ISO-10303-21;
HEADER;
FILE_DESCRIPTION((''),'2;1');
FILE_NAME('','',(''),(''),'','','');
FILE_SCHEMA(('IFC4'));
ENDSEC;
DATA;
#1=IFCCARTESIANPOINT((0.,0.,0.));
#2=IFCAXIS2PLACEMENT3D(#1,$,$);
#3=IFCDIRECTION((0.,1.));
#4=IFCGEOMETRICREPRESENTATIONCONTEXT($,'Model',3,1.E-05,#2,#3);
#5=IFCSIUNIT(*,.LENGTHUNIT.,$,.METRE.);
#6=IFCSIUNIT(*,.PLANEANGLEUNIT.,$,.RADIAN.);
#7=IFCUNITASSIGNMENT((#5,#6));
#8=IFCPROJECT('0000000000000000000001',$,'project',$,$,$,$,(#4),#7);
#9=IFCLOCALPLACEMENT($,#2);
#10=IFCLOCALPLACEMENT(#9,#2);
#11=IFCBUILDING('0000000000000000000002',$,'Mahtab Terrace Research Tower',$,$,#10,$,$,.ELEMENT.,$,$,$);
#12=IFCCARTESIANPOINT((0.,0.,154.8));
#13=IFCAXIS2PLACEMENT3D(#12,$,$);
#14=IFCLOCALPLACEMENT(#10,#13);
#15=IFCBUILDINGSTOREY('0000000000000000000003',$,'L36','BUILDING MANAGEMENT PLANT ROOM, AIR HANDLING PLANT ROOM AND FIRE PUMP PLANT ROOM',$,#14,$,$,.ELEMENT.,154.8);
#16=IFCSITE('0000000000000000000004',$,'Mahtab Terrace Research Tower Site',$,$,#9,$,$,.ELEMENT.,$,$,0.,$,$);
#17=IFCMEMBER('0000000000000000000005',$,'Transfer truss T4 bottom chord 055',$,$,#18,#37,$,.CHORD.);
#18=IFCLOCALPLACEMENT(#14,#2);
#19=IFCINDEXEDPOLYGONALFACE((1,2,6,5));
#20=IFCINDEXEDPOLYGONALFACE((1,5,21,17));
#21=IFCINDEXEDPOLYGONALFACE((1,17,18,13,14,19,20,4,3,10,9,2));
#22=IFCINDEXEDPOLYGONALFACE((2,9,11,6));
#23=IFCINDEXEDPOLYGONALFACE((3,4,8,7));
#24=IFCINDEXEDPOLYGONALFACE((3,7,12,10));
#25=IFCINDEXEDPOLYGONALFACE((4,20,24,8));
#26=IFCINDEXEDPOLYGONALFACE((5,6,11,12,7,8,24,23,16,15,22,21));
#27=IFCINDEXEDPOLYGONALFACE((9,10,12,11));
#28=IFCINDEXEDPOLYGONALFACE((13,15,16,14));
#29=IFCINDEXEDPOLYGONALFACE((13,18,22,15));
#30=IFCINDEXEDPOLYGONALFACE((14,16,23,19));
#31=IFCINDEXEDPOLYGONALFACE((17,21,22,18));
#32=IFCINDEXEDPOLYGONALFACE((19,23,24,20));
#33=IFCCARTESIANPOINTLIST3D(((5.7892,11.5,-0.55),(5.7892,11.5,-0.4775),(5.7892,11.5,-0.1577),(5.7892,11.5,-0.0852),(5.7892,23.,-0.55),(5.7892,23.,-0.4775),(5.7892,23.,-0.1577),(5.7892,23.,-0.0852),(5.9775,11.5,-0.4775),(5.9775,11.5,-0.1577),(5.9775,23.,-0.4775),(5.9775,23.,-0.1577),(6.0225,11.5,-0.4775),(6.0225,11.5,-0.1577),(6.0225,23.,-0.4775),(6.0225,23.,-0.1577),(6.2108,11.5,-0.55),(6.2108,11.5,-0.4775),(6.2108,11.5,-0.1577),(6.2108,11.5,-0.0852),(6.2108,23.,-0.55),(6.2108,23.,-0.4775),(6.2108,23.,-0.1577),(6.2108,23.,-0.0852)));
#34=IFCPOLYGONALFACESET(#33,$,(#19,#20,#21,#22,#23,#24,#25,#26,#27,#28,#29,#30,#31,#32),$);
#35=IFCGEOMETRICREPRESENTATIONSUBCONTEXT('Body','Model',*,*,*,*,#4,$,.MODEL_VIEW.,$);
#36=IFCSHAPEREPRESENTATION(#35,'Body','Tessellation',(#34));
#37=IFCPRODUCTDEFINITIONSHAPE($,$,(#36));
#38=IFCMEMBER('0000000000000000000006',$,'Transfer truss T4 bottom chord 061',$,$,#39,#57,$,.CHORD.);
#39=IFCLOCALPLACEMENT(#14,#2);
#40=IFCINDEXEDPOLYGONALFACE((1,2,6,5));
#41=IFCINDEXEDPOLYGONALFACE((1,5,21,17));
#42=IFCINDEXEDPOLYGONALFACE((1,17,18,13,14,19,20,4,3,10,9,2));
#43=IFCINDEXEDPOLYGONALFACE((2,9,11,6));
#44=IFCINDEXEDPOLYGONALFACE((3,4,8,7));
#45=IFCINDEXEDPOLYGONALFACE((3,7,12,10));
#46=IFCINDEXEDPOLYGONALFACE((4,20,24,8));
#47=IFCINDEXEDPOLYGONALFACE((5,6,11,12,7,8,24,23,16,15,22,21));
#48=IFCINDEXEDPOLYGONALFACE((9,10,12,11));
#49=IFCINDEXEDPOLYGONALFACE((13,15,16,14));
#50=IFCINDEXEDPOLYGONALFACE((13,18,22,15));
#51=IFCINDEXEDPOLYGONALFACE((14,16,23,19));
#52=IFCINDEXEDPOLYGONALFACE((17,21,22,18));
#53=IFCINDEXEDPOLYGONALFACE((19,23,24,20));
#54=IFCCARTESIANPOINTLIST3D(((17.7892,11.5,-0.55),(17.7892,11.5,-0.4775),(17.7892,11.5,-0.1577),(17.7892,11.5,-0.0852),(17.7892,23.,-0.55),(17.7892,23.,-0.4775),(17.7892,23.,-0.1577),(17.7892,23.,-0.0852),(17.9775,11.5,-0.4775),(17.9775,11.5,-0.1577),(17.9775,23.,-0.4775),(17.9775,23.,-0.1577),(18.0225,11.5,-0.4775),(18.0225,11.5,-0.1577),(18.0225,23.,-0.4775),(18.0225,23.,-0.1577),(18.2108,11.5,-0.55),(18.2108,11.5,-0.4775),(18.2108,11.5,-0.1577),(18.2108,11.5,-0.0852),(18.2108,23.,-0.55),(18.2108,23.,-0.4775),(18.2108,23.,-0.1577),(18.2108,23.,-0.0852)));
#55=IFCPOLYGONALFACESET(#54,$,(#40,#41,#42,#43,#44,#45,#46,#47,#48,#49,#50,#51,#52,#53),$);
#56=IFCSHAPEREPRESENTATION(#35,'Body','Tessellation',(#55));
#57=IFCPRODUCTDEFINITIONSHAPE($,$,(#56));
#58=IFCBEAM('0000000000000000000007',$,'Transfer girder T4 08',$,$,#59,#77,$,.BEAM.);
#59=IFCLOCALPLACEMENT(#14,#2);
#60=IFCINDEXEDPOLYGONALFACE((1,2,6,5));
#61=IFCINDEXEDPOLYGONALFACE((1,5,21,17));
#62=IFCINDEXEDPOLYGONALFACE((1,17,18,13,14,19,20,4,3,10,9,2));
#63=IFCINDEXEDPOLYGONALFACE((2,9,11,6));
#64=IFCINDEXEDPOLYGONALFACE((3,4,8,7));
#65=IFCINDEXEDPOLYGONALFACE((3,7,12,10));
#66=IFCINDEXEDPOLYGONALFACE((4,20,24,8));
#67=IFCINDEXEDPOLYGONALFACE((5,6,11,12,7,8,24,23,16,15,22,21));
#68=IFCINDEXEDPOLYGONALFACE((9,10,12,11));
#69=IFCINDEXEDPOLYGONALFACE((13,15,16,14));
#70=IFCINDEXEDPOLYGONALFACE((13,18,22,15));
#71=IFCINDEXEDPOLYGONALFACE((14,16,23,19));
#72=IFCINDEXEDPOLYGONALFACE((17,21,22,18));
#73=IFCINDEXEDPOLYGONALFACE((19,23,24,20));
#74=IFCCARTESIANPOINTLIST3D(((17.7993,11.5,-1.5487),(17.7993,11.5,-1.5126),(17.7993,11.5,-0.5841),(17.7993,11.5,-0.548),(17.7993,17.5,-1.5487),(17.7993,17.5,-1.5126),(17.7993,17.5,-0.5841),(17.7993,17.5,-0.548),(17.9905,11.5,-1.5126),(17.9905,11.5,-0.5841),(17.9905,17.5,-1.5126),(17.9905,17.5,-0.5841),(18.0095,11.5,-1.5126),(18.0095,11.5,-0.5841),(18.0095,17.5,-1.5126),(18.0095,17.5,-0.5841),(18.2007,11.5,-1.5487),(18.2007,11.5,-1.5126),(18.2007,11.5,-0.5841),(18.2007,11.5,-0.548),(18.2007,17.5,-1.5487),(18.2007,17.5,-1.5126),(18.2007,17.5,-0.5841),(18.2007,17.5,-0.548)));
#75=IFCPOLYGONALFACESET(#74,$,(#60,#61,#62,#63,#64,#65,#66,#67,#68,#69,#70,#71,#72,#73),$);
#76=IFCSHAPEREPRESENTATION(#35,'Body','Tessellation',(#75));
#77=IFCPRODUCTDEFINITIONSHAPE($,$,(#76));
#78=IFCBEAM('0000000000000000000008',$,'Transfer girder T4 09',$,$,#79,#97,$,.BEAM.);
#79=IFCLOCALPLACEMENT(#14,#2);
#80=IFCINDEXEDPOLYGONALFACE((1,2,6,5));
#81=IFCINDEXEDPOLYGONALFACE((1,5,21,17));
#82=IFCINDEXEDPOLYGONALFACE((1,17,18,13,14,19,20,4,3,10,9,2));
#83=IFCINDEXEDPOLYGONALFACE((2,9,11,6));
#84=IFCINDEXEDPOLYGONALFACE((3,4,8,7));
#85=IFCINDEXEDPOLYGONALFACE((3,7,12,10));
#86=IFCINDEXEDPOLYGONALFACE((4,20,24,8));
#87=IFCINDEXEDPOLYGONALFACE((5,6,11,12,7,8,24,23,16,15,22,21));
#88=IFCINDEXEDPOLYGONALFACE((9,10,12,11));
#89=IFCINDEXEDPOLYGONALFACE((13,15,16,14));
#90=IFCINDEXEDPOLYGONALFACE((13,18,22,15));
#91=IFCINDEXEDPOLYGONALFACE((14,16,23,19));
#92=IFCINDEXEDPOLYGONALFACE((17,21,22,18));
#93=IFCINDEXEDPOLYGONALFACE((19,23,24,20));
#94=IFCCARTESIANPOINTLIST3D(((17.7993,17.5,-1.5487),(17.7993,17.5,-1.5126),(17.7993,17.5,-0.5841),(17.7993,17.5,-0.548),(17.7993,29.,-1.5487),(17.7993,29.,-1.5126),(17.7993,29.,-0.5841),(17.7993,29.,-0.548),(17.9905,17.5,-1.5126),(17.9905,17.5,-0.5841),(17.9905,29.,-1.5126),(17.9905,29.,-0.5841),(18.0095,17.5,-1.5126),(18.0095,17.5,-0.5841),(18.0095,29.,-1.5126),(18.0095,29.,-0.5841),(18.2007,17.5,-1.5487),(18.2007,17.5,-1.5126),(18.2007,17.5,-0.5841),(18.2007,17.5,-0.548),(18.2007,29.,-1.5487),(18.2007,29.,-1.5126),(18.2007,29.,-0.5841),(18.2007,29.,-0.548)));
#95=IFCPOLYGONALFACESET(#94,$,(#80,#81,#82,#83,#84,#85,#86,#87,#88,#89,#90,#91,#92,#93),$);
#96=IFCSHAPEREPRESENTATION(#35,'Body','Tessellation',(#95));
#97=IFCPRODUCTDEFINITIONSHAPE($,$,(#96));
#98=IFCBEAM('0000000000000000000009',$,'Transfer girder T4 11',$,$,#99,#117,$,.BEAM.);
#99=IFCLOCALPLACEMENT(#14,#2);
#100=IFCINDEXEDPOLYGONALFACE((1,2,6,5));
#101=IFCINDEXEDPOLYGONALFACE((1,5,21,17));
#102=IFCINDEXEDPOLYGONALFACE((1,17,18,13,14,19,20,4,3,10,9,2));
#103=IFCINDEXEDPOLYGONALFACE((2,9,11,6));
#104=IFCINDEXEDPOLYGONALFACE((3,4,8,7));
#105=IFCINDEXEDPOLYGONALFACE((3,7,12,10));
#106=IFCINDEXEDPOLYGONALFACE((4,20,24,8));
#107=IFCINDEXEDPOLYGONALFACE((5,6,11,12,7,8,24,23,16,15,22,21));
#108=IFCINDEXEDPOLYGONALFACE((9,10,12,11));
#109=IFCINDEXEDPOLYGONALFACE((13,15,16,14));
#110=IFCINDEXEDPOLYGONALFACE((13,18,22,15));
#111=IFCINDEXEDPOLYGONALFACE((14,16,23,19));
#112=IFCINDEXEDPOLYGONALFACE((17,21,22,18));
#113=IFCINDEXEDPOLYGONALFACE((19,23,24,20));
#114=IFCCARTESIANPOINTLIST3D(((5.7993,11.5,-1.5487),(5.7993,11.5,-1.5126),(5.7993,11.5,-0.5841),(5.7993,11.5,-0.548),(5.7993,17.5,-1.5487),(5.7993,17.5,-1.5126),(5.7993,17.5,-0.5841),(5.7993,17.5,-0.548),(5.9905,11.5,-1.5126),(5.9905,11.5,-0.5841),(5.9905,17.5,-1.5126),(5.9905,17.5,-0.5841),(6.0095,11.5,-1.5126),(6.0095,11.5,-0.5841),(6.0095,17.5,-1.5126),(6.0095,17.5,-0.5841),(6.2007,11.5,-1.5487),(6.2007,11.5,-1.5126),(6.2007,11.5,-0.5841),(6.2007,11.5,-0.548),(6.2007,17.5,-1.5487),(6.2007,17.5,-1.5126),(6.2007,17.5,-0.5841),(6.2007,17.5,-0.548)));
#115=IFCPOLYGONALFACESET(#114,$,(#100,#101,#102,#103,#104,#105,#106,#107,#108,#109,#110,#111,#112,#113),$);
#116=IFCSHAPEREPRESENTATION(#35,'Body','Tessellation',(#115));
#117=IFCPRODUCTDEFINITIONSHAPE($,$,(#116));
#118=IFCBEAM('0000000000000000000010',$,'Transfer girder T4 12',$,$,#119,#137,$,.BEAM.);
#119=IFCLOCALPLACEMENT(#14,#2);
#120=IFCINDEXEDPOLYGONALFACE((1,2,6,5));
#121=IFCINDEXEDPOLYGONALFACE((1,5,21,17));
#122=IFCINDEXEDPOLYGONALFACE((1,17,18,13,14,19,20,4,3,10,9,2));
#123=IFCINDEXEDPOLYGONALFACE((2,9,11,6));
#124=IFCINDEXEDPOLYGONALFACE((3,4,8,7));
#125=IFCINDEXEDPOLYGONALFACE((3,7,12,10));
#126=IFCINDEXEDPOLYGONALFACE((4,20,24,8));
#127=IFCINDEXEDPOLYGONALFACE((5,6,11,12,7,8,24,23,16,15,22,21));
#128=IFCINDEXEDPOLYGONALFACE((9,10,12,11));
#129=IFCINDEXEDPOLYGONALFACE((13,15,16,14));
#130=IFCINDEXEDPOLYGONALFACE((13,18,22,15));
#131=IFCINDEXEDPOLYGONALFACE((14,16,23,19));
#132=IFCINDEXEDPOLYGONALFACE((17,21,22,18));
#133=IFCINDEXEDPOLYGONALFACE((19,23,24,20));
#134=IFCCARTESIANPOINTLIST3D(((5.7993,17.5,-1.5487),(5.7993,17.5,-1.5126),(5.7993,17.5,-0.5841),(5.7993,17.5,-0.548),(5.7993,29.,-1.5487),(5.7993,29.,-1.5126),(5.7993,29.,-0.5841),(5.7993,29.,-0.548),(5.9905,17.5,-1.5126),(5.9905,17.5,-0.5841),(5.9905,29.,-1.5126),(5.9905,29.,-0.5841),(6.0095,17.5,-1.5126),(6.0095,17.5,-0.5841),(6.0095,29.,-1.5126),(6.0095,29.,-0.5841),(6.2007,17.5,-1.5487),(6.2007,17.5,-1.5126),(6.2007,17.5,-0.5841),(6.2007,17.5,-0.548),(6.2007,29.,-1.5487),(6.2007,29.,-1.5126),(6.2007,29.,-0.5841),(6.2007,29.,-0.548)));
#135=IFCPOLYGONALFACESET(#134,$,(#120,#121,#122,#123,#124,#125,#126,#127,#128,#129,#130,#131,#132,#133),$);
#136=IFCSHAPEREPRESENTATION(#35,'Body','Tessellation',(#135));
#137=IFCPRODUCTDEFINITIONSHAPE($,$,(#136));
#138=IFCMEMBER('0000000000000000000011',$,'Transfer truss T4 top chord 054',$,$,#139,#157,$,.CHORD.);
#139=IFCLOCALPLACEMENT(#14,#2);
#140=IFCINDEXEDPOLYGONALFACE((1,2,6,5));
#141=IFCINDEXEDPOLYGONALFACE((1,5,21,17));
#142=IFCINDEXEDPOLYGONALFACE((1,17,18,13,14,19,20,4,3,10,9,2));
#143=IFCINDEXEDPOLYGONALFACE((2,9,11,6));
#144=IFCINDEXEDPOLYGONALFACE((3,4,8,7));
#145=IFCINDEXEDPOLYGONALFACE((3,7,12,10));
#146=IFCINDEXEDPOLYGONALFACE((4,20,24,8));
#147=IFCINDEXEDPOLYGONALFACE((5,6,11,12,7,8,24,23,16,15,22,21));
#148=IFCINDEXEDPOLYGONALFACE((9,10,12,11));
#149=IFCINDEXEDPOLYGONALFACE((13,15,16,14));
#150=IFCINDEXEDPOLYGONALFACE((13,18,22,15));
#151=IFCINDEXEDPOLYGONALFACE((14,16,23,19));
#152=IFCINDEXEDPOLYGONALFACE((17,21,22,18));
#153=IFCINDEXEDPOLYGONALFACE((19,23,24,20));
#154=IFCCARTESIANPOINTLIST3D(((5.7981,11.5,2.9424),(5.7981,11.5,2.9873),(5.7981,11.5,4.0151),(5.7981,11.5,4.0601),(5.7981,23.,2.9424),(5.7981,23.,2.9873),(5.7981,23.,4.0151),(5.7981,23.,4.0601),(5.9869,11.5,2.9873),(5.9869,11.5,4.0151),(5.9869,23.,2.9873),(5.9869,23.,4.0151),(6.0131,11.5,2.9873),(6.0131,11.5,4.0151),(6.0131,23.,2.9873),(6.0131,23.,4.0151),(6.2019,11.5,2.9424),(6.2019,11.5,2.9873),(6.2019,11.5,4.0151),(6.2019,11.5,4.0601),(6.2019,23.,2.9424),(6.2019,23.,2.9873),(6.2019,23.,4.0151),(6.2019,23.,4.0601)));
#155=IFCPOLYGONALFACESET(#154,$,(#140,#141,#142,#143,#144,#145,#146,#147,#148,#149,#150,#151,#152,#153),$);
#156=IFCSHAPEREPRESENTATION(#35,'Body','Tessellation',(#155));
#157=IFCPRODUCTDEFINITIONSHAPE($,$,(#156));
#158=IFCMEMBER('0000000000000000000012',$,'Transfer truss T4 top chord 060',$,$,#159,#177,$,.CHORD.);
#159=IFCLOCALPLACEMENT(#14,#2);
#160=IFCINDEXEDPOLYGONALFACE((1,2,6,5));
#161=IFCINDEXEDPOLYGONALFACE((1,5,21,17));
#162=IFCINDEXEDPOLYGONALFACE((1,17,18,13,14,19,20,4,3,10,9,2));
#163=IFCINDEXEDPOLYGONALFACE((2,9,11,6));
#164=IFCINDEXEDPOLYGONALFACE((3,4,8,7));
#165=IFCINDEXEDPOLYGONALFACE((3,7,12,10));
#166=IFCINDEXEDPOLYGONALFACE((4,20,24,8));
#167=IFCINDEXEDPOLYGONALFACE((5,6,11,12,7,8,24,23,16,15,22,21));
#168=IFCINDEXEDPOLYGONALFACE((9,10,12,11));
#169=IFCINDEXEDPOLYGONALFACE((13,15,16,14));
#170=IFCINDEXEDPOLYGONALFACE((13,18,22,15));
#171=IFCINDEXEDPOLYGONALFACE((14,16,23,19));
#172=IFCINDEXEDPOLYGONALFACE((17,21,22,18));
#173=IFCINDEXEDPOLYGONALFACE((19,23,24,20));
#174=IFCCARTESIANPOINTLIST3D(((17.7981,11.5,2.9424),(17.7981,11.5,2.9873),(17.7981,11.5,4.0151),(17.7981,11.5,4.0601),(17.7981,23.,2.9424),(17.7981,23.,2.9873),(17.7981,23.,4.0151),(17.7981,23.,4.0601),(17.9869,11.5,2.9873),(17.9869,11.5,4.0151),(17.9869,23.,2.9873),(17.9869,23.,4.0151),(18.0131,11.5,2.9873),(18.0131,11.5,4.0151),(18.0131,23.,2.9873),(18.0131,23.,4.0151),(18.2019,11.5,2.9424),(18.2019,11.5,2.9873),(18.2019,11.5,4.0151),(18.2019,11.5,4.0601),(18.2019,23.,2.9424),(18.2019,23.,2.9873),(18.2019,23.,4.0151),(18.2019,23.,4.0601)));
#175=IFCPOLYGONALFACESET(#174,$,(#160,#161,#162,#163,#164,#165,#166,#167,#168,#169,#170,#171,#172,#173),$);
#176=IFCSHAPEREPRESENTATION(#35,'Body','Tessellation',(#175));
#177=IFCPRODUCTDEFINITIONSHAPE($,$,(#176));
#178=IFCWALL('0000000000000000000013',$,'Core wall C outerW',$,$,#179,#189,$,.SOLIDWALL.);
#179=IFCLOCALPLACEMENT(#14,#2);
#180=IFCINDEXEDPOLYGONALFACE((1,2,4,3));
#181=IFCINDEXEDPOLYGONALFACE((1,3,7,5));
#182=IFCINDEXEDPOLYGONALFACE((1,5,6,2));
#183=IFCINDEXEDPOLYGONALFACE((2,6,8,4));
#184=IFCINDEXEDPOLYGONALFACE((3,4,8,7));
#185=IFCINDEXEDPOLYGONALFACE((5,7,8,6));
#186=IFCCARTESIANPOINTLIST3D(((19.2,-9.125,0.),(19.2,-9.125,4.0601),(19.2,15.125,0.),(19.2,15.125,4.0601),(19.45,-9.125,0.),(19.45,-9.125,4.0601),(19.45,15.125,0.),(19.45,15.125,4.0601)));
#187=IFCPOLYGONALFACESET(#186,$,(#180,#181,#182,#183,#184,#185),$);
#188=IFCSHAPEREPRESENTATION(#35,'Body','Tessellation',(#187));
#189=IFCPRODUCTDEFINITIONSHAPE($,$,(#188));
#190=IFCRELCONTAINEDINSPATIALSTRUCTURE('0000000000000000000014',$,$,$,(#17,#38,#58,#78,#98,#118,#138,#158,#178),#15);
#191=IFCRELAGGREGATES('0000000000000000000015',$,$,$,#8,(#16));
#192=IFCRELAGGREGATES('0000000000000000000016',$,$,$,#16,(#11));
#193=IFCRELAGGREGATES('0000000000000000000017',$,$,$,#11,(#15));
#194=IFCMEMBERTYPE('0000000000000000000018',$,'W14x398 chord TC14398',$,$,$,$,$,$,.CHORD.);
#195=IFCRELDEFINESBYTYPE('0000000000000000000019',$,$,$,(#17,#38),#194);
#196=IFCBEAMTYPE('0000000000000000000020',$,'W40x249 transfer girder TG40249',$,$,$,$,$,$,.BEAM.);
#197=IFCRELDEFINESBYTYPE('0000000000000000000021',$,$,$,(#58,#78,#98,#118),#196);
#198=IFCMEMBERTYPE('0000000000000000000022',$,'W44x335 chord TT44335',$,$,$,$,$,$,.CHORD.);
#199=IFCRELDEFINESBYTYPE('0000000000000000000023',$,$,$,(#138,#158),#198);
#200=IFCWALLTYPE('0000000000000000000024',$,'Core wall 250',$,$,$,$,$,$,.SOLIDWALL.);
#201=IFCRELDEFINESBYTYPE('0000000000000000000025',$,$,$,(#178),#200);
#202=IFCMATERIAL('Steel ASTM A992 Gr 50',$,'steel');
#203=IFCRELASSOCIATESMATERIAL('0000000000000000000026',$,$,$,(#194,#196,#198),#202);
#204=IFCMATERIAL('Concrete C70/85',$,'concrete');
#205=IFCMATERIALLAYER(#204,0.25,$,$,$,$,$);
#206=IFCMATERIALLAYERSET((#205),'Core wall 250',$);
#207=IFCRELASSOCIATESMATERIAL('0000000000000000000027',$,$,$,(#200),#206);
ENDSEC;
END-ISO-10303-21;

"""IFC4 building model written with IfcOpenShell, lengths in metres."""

from ifc_helpers import new_model, si_unit, direction, frame, frame_2d, origin, origin_2d, place, context, subcontext, project, spatial, rectangle, i_section, extrude, material, layer, layer_set, material_profile, profile_set, type_object, element, save


model = new_model("IFC4")

# Units and contexts
model_context = context("Model", 3, precision=1e-05, world=origin(), true_north=direction((0.0, 1.0)))
body_context = subcontext(model_context, "Body", "Model", "MODEL_VIEW")
ifc_project = project(units=[si_unit("LENGTHUNIT", "METRE"), si_unit("PLANEANGLEUNIT", "RADIAN")], contexts=[model_context])

# Site, building, storey
site_placement = place(None, origin())
site = spatial("IfcSite", under=ifc_project, at=site_placement, Name="Mahtab Terrace Research Tower Site", CompositionType="ELEMENT", RefElevation=0.0)
building_placement = place(site_placement, origin())
building = spatial("IfcBuilding", under=site, at=building_placement, Name="Mahtab Terrace Research Tower", CompositionType="ELEMENT")
storey_placement = place(building_placement, frame((0.0, 0.0, 154.8)))
storey = spatial("IfcBuildingStorey", under=building, at=storey_placement, Name="L36", Description="BUILDING MANAGEMENT PLANT ROOM, AIR HANDLING PLANT ROOM AND FIRE PUMP PLANT ROOM", CompositionType="ELEMENT", Elevation=154.8)

# Shared definitions
ifc_material_1 = material(Name="Concrete C70/85", Category="concrete")

# Members
ifc_material_2 = material(Name="Steel ASTM A992 Gr 50", Category="steel")
ifc_material_profile_1 = material_profile(ifc_material_2, i_section(OverallWidth=0.4216, OverallDepth=0.4648, WebThickness=0.0449, FlangeThickness=0.0725, at=origin_2d()), Name="W14X398")
ifc_profile_set_1 = profile_set([ifc_material_profile_1], Name="Steel ASTM A992 Gr 50")
member_type_1 = type_object("IfcMemberType", Name="W14x398 chord TC14398", PredefinedType="CHORD", material=ifc_profile_set_1)
for number, where, z_axis, x_axis, name in (
    (1, (6.0, 11.5, -0.3176), (0.0, 1.0, 0.0), (-1.0, 0.0, 0.0), "Transfer truss T4 bottom chord 055"),
    (2, (18.0, 11.5, -0.3176), (0.0, 1.0, 0.0), (-1.0, 0.0, 0.0), "Transfer truss T4 bottom chord 061"),
):
    element("IfcMember", number, at=place(storey_placement, frame(where, z_axis=z_axis, x_axis=x_axis)), inside=storey, type_object=member_type_1, Name=name, PredefinedType="CHORD", context=body_context, shape_type="SweptSolid", body=[
        extrude(i_section(OverallWidth=0.4216, OverallDepth=0.4648, WebThickness=0.0449, FlangeThickness=0.0725, at=origin_2d()), origin(), (0.0, 0.0, 1.0), 11.5),
    ])

# Beams
ifc_material_profile_2 = material_profile(ifc_material_2, i_section(OverallWidth=0.4014, OverallDepth=1.0007, WebThickness=0.019, FlangeThickness=0.0361, at=origin_2d()), Name="W40X249")
ifc_profile_set_2 = profile_set([ifc_material_profile_2], Name="Steel ASTM A992 Gr 50")
beam_type = type_object("IfcBeamType", Name="W40x249 transfer girder TG40249", PredefinedType="BEAM", material=ifc_profile_set_2)
beam_1_placement = place(storey_placement, frame((18.0, 11.5, -1.0483), z_axis=(0.0, 1.0, 0.0), x_axis=(-1.0, 0.0, 0.0)))
element("IfcBeam", 3, at=beam_1_placement, inside=storey, type_object=beam_type, Name="Transfer girder T4 08", PredefinedType="BEAM", context=body_context, shape_type="SweptSolid", body=[
    extrude(i_section(OverallWidth=0.4014, OverallDepth=1.0007, WebThickness=0.019, FlangeThickness=0.0361, at=origin_2d()), origin(), (0.0, 0.0, 1.0), 6.0),
])
beam_2_placement = place(storey_placement, frame((18.0, 17.5, -1.0483), z_axis=(0.0, 1.0, 0.0), x_axis=(-1.0, 0.0, 0.0)))
element("IfcBeam", 4, at=beam_2_placement, inside=storey, type_object=beam_type, Name="Transfer girder T4 09", PredefinedType="BEAM", context=body_context, shape_type="SweptSolid", body=[
    extrude(i_section(OverallWidth=0.4014, OverallDepth=1.0007, WebThickness=0.019, FlangeThickness=0.0361, at=origin_2d()), origin(), (0.0, 0.0, 1.0), 11.5),
])
beam_3_placement = place(storey_placement, frame((6.0, 11.5, -1.0483), z_axis=(0.0, 1.0, 0.0), x_axis=(-1.0, 0.0, 0.0)))
element("IfcBeam", 5, at=beam_3_placement, inside=storey, type_object=beam_type, Name="Transfer girder T4 11", PredefinedType="BEAM", context=body_context, shape_type="SweptSolid", body=[
    extrude(i_section(OverallWidth=0.4014, OverallDepth=1.0007, WebThickness=0.019, FlangeThickness=0.0361, at=origin_2d()), origin(), (0.0, 0.0, 1.0), 6.0),
])
beam_4_placement = place(storey_placement, frame((6.0, 17.5, -1.0483), z_axis=(0.0, 1.0, 0.0), x_axis=(-1.0, 0.0, 0.0)))
element("IfcBeam", 6, at=beam_4_placement, inside=storey, type_object=beam_type, Name="Transfer girder T4 12", PredefinedType="BEAM", context=body_context, shape_type="SweptSolid", body=[
    extrude(i_section(OverallWidth=0.4014, OverallDepth=1.0007, WebThickness=0.019, FlangeThickness=0.0361, at=origin_2d()), origin(), (0.0, 0.0, 1.0), 11.5),
])

# Members
ifc_material_profile_3 = material_profile(ifc_material_2, i_section(OverallWidth=0.4038, OverallDepth=1.1177, WebThickness=0.0261, FlangeThickness=0.0449, at=origin_2d()), Name="W44X335")
ifc_profile_set_3 = profile_set([ifc_material_profile_3], Name="Steel ASTM A992 Gr 50")
member_type_2 = type_object("IfcMemberType", Name="W44x335 chord TT44335", PredefinedType="CHORD", material=ifc_profile_set_3)
for number, where, z_axis, x_axis, name in (
    (7, (6.0, 11.5, 3.5012), (0.0, 1.0, 0.0), (-1.0, 0.0, 0.0), "Transfer truss T4 top chord 054"),
    (8, (18.0, 11.5, 3.5012), (0.0, 1.0, 0.0), (-1.0, 0.0, 0.0), "Transfer truss T4 top chord 060"),
):
    element("IfcMember", number, at=place(storey_placement, frame(where, z_axis=z_axis, x_axis=x_axis)), inside=storey, type_object=member_type_2, Name=name, PredefinedType="CHORD", context=body_context, shape_type="SweptSolid", body=[
        extrude(i_section(OverallWidth=0.4038, OverallDepth=1.1177, WebThickness=0.0261, FlangeThickness=0.0449, at=origin_2d()), origin(), (0.0, 0.0, 1.0), 11.5),
    ])

# Wall
ifc_layer_1 = layer(ifc_material_1, 0.25)
ifc_layer_set_1 = layer_set([ifc_layer_1], Name="Core wall 250")
wall_type_1 = type_object("IfcWallType", Name="Core wall 250", PredefinedType="SOLIDWALL", material=ifc_layer_set_1)
wall_1_placement = place(storey_placement, frame((19.325, 15.125, 0.0), z_axis=(0.0, 0.0, 1.0), x_axis=(0.0, -1.0, 0.0)))
element("IfcWall", 9, at=wall_1_placement, inside=storey, type_object=wall_type_1, Name="Core wall C outerW", PredefinedType="SOLIDWALL", context=body_context, shape_type="SweptSolid", body=[
    extrude(rectangle(XDim=24.25, YDim=0.25, at=frame_2d((12.125, 0.0))), origin(), (0.0, 0.0, 1.0), 4.0601),
])

save(model, "model.ifc")
